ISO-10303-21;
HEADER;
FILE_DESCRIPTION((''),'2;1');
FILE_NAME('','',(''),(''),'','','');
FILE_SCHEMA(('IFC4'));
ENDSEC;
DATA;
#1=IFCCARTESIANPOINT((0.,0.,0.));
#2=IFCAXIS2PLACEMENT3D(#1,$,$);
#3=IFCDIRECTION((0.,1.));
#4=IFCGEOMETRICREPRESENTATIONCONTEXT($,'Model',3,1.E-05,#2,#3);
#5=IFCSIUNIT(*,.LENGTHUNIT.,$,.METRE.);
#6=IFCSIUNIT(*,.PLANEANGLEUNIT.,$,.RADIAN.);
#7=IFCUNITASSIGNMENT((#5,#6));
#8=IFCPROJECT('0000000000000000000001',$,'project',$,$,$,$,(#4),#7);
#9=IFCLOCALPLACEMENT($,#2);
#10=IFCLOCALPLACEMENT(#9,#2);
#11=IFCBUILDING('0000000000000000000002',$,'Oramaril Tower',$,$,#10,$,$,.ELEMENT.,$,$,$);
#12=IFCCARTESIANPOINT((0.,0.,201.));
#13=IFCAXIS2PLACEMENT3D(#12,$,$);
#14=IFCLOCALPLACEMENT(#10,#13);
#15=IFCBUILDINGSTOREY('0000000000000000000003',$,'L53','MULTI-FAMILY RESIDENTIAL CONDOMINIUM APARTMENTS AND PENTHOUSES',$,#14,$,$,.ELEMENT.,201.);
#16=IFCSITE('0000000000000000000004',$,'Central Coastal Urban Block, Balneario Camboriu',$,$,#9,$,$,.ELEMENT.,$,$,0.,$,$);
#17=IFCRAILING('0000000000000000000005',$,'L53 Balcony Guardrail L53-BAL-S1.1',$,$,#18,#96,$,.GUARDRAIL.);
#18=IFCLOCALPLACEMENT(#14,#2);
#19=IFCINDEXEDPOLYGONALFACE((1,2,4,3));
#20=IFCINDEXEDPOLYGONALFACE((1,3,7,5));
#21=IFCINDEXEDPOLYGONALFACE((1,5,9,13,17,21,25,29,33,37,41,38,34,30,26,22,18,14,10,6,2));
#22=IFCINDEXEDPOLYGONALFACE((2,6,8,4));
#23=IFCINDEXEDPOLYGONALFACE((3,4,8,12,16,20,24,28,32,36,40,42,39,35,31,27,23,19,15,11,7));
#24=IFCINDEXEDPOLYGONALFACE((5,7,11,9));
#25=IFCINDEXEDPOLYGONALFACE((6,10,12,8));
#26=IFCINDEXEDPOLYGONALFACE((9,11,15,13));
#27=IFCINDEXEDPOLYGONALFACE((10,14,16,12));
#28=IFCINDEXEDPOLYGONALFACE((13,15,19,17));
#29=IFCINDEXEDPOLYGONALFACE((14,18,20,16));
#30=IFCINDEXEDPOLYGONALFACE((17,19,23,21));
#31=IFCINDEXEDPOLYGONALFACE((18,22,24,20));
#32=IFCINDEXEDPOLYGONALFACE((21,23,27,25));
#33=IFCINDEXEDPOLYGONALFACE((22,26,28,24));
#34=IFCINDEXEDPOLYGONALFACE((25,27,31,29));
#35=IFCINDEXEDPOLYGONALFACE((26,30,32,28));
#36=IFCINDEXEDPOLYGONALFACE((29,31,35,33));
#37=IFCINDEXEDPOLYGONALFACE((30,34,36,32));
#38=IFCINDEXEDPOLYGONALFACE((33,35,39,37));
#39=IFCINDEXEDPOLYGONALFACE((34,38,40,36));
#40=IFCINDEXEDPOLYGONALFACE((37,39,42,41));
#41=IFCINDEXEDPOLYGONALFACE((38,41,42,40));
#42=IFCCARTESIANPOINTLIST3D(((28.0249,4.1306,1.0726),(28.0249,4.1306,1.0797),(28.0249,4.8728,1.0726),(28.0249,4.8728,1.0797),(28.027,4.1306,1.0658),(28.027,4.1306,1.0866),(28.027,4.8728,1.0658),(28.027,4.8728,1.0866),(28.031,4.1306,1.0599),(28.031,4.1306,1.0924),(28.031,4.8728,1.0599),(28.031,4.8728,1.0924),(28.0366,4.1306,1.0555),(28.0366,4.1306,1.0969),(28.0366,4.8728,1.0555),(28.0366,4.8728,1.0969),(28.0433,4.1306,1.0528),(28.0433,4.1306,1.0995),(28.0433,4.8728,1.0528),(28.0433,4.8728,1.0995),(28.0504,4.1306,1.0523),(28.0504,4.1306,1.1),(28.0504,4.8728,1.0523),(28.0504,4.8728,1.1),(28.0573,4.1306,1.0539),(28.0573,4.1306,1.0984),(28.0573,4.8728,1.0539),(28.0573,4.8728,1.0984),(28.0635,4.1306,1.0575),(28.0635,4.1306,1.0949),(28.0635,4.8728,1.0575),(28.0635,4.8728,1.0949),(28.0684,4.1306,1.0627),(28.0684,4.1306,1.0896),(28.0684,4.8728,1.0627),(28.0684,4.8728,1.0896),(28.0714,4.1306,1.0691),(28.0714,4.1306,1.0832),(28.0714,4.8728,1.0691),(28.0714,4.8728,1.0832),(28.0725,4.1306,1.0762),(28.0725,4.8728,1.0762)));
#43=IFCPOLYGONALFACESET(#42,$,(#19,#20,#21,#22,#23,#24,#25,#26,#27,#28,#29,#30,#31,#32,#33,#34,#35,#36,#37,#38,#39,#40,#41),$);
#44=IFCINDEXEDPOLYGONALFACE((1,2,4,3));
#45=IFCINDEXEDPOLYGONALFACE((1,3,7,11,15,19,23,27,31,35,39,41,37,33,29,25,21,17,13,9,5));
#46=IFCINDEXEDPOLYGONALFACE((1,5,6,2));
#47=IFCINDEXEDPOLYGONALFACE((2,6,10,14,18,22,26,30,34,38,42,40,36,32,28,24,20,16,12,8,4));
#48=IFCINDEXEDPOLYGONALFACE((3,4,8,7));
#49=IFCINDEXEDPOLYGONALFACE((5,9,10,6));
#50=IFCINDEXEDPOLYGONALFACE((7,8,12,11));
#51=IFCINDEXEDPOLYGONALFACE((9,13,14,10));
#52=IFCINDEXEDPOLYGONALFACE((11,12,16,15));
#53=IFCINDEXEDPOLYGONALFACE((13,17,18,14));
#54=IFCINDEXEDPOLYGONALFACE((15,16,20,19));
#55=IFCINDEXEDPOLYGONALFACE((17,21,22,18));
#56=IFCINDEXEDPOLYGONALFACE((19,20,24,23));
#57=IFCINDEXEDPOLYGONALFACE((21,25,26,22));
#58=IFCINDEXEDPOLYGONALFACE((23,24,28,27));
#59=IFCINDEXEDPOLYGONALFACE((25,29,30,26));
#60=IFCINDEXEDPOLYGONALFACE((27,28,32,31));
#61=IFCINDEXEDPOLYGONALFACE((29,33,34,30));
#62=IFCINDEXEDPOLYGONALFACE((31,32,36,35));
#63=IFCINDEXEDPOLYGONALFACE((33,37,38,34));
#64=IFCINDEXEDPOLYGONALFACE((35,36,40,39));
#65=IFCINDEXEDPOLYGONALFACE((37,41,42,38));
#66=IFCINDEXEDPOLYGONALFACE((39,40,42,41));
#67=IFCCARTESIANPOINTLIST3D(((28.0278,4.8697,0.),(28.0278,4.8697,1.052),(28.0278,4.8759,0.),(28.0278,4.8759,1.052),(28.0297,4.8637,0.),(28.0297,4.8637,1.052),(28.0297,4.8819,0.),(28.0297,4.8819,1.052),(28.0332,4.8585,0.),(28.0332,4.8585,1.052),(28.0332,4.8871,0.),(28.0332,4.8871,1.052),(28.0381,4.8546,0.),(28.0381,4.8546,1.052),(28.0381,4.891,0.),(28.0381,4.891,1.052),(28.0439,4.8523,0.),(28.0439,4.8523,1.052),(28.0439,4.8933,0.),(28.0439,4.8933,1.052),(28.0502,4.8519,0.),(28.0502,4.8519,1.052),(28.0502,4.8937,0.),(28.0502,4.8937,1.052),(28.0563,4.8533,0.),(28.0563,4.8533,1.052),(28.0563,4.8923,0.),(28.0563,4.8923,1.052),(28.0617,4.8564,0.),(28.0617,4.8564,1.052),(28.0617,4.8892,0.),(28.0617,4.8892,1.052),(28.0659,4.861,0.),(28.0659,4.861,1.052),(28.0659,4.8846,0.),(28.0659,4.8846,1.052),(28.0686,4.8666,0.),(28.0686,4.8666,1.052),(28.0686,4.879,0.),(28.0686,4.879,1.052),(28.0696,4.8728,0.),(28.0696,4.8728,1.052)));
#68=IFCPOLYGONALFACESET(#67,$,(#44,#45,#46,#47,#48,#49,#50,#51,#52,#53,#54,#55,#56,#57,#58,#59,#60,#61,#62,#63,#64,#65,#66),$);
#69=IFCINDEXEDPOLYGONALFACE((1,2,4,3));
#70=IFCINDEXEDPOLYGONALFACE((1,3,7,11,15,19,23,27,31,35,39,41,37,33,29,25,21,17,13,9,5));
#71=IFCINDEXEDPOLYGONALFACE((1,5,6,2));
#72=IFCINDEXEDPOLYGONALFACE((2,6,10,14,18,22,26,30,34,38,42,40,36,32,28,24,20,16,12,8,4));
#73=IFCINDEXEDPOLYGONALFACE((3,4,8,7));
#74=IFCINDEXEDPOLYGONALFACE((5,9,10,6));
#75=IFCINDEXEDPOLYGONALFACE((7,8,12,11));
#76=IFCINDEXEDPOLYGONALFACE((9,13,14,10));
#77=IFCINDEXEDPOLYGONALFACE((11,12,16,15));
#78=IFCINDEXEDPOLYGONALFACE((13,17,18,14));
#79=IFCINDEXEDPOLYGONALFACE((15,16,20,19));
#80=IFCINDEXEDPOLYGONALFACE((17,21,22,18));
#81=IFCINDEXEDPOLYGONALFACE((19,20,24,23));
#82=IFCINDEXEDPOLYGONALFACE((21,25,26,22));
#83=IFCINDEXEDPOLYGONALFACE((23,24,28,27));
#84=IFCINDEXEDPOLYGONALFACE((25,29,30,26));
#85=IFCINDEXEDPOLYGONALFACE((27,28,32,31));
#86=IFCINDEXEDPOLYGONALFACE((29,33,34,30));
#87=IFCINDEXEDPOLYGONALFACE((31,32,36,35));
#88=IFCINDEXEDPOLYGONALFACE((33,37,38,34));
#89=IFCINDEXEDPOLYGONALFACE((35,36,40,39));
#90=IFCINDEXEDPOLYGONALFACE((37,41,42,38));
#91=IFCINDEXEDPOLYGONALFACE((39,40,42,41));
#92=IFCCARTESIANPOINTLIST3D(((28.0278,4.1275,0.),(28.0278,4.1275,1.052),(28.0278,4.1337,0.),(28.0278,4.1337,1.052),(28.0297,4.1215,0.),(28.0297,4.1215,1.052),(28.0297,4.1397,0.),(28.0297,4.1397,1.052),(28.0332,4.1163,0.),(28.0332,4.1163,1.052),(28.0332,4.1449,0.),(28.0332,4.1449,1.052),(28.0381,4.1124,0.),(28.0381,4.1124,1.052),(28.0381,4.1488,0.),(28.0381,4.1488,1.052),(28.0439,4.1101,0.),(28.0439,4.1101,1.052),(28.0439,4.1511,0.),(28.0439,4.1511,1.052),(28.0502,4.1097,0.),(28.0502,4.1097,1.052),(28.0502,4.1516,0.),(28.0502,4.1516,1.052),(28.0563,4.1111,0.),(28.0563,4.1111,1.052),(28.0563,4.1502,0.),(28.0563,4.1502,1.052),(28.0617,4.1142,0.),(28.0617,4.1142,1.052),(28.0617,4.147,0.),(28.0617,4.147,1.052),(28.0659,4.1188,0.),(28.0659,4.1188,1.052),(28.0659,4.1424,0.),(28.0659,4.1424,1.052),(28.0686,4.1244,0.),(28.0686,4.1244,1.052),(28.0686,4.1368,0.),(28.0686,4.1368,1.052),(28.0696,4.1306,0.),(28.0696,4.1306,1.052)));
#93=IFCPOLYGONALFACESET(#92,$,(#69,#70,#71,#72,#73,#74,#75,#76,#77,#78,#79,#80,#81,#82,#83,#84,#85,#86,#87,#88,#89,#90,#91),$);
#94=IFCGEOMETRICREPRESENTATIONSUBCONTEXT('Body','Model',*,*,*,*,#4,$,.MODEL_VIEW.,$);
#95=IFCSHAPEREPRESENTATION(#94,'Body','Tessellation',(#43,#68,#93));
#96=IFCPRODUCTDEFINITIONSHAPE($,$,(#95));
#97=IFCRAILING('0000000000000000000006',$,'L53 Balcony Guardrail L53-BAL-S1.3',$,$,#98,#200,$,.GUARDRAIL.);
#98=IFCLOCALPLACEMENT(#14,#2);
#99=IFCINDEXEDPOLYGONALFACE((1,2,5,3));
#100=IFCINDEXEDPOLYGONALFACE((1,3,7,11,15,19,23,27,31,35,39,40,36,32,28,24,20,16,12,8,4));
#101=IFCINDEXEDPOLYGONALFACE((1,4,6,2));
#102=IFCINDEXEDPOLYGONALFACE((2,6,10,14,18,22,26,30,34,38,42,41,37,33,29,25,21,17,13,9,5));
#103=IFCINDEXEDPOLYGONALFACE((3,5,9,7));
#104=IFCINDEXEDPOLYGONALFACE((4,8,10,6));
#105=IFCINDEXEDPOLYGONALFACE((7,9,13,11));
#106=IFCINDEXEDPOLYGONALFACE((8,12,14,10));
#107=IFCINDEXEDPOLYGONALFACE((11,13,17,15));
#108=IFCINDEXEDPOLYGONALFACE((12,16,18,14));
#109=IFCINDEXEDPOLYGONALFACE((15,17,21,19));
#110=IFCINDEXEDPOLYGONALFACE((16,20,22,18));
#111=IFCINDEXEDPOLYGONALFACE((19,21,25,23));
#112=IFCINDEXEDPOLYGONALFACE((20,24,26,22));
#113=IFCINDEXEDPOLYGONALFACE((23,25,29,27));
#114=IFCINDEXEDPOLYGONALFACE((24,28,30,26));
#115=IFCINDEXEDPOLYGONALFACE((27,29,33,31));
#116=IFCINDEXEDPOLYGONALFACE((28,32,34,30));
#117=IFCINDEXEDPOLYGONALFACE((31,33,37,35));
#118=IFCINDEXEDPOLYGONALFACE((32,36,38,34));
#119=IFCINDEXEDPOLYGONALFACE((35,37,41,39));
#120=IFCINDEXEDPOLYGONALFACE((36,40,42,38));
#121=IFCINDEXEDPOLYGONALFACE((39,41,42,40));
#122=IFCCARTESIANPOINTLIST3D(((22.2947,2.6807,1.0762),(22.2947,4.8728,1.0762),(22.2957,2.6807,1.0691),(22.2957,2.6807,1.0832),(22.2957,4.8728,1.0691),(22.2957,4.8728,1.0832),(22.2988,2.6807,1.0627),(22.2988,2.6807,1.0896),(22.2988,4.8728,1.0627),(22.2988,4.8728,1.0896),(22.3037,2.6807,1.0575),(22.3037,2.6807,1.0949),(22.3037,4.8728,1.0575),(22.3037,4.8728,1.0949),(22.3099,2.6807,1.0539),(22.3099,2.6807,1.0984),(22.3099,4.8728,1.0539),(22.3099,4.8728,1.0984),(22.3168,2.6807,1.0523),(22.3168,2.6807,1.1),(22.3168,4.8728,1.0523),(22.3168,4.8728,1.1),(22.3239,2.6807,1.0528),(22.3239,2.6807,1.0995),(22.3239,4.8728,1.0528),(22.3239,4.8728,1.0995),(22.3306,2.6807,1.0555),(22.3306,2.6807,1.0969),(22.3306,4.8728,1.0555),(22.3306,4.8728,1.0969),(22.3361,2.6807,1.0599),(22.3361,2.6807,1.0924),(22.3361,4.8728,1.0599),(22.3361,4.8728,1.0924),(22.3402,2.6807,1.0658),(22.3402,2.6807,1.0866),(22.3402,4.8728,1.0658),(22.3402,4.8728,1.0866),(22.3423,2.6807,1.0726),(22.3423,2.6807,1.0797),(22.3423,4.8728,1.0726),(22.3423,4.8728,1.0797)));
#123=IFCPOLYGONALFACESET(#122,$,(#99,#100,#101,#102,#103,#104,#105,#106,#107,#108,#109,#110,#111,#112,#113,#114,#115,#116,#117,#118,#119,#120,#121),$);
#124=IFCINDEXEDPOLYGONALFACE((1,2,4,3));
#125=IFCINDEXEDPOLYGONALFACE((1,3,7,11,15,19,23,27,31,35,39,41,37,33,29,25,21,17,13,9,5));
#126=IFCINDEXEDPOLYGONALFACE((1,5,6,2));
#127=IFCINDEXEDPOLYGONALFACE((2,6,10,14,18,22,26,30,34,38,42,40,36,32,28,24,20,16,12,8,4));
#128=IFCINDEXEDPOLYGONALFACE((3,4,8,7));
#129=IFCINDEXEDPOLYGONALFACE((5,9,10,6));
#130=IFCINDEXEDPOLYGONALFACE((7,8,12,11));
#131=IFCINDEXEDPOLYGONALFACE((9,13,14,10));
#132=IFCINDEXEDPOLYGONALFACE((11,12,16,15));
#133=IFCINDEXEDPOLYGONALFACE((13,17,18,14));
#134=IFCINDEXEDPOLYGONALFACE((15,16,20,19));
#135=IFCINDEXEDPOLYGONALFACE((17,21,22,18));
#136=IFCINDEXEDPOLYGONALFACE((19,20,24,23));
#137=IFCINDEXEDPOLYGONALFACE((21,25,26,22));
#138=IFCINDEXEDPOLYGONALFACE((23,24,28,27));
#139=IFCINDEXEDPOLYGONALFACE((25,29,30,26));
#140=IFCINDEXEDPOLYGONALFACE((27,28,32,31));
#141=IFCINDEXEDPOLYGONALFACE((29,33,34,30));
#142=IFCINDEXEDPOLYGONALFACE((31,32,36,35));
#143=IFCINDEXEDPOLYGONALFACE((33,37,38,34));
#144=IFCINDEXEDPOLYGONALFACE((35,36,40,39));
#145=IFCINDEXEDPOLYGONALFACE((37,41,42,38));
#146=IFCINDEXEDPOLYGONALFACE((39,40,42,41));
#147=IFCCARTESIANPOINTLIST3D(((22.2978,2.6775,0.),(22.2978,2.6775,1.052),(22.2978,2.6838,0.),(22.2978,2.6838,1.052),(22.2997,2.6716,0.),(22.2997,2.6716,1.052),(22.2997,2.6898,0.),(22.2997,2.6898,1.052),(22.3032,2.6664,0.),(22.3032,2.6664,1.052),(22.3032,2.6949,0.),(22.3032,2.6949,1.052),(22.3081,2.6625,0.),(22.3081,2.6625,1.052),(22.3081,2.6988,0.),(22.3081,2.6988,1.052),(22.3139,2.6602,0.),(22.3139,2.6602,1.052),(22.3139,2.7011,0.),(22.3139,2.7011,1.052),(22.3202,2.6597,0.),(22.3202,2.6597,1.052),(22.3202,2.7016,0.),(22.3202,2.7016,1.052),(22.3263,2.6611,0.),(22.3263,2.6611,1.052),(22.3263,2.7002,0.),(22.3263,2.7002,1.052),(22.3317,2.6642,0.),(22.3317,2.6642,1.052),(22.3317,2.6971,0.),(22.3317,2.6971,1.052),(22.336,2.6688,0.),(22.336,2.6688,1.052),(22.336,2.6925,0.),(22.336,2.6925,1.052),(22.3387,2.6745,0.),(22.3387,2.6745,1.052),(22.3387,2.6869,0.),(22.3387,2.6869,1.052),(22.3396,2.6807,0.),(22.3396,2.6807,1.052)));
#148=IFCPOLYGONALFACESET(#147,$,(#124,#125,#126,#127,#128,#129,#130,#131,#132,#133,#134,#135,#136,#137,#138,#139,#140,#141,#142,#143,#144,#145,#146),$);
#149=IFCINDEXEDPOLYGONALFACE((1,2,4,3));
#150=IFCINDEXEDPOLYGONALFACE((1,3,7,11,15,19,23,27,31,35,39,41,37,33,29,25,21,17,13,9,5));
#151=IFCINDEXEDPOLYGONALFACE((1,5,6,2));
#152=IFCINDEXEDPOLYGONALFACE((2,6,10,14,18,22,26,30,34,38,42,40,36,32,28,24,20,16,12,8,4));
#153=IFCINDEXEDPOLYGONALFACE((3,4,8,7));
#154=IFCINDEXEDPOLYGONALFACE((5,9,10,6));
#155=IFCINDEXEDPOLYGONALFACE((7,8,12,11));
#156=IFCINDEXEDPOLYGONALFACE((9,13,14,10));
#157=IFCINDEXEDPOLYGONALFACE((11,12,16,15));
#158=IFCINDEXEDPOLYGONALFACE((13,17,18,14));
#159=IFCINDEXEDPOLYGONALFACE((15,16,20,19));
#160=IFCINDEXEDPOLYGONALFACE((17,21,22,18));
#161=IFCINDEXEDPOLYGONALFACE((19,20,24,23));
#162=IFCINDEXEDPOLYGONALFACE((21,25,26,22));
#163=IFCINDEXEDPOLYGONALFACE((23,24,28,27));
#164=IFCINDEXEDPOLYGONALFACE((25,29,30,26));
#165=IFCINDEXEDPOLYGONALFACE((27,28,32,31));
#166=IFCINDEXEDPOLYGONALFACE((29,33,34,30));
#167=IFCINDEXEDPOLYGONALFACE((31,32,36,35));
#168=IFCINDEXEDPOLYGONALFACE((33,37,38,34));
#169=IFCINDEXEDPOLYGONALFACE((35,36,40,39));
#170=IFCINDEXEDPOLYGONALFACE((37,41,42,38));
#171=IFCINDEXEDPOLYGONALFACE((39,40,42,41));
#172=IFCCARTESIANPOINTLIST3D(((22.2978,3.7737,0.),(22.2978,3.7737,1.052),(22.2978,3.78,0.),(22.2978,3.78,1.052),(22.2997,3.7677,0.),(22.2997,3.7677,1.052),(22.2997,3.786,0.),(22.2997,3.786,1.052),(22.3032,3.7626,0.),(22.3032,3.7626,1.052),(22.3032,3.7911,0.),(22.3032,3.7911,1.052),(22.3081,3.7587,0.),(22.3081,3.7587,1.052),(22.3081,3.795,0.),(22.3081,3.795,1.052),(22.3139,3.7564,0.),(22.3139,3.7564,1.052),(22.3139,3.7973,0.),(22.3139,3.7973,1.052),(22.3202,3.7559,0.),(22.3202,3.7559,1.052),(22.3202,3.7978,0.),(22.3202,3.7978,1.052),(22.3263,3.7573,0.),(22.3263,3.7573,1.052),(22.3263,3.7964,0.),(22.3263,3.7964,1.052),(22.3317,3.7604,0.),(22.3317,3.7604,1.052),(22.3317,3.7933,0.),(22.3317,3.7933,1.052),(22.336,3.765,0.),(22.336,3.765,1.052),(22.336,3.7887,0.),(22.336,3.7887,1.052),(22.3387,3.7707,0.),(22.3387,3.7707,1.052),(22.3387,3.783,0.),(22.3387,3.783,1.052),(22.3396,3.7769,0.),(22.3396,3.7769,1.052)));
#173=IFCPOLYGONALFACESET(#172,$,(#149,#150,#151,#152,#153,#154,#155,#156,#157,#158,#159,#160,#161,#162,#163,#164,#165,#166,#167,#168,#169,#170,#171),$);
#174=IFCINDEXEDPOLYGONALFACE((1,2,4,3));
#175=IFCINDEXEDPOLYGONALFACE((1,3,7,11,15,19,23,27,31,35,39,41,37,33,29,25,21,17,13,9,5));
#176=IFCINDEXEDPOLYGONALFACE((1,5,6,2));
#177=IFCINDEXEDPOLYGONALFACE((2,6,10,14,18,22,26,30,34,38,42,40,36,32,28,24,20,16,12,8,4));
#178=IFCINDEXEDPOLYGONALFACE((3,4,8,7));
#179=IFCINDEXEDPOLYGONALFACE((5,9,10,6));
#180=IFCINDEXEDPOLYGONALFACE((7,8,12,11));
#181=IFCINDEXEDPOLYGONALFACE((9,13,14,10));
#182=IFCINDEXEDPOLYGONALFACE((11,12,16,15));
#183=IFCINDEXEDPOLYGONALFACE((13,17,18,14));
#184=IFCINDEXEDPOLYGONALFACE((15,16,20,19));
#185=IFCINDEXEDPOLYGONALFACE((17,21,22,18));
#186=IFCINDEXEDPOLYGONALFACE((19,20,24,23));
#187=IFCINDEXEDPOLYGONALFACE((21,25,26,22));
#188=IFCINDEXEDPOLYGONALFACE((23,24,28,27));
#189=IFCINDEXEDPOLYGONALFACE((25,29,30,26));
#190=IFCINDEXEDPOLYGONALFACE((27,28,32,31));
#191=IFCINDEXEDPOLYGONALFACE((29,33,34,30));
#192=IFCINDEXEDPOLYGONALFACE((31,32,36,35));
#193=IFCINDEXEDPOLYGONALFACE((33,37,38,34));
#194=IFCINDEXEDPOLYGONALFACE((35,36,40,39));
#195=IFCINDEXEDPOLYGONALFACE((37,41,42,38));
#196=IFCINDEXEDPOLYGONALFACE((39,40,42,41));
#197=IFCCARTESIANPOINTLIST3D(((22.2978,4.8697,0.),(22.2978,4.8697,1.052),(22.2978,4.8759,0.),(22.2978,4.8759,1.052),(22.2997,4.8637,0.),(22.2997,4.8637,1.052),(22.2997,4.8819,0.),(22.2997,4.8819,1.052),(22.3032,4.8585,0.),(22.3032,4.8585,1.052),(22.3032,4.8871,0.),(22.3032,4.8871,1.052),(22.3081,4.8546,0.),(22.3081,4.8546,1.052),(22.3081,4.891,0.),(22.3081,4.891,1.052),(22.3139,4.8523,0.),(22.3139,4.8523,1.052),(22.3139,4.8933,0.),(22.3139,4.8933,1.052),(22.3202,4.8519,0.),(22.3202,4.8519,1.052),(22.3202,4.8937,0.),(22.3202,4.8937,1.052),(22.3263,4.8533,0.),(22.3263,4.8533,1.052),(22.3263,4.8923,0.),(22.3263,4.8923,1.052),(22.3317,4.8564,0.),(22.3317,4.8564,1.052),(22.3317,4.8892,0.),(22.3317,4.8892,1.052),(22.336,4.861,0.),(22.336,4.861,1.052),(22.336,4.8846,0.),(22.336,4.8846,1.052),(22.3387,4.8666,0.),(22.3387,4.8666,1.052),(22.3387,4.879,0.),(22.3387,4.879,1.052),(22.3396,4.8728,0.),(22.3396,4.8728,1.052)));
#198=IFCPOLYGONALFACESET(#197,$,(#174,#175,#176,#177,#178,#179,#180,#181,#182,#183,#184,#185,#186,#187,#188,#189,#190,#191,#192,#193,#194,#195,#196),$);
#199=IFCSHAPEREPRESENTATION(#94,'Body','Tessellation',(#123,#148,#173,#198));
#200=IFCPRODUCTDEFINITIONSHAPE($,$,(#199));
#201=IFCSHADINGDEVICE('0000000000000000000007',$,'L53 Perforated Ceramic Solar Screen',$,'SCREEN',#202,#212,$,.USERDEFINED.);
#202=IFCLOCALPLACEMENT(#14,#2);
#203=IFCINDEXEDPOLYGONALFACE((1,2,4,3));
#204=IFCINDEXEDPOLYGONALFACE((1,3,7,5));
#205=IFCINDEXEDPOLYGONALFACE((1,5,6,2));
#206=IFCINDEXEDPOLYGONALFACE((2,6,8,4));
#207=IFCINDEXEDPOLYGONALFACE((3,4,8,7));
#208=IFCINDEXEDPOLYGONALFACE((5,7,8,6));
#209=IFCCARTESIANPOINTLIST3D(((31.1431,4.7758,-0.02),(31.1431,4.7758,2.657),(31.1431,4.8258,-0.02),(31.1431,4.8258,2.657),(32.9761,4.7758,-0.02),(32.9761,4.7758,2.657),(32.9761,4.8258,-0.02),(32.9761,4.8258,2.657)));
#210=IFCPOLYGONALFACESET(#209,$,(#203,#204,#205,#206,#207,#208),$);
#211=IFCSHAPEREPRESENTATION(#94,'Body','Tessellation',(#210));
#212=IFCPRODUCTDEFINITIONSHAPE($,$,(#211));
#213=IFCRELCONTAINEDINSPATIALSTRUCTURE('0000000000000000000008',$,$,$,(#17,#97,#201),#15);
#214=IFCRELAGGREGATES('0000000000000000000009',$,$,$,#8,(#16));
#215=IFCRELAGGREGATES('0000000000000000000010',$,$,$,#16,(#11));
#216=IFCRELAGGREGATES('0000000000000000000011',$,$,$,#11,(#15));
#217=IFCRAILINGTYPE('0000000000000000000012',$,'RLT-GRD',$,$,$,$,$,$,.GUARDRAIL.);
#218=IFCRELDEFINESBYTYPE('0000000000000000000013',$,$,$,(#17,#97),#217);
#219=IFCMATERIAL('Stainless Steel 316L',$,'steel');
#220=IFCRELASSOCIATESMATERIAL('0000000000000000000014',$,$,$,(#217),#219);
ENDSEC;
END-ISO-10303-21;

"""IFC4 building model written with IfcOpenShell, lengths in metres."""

from ifc_helpers import new_model, si_unit, direction, frame, origin, origin_2d, place, context, subcontext, project, spatial, rectangle, circle, extrude, material, type_object, element, save


model = new_model("IFC4")

# Units and contexts
model_context = context("Model", 3, precision=1e-05, world=origin(), true_north=direction((0.0, 1.0)))
body_context = subcontext(model_context, "Body", "Model", "MODEL_VIEW")
ifc_project = project(units=[si_unit("LENGTHUNIT", "METRE"), si_unit("PLANEANGLEUNIT", "RADIAN")], contexts=[model_context])

# Site, building, storey
site_placement = place(None, origin())
site = spatial("IfcSite", under=ifc_project, at=site_placement, Name="Central Coastal Urban Block, Balneario Camboriu", CompositionType="ELEMENT", RefElevation=0.0)
building_placement = place(site_placement, origin())
building = spatial("IfcBuilding", under=site, at=building_placement, Name="Oramaril Tower", CompositionType="ELEMENT")
storey_placement = place(building_placement, frame((0.0, 0.0, 201.0)))
storey = spatial("IfcBuildingStorey", under=building, at=storey_placement, Name="L53", Description="MULTI-FAMILY RESIDENTIAL CONDOMINIUM APARTMENTS AND PENTHOUSES", CompositionType="ELEMENT", Elevation=201.0)

# Railings
ifc_material_1 = material(Name="Stainless Steel 316L", Category="steel")
railing_type = type_object("IfcRailingType", Name="RLT-GRD", PredefinedType="GUARDRAIL", material=ifc_material_1)
railing_1_placement = place(storey_placement, frame((28.0486, 4.8728, 0.0)))
element("IfcRailing", 1, at=railing_1_placement, inside=storey, type_object=railing_type, Name="L53 Balcony Guardrail L53-BAL-S1.1", PredefinedType="GUARDRAIL", context=body_context, shape_type="SweptSolid", body=[
    extrude(circle(Radius=0.0239, at=origin_2d()), frame((0.0, 0.0, 1.0762), z_axis=(0.0, -1.0, 0.0), x_axis=(1.0, 0.0, 0.0)), (0.0, 0.0, 1.0), 0.7422),
    extrude(circle(Radius=0.021, at=origin_2d()), origin(), (0.0, 0.0, 1.0), 1.052),
    extrude(circle(Radius=0.021, at=origin_2d()), frame((0.0, -0.7422, 0.0)), (0.0, 0.0, 1.0), 1.052),
])
railing_2_placement = place(storey_placement, frame((22.3186, 2.6807, 0.0)))
element("IfcRailing", 2, at=railing_2_placement, inside=storey, type_object=railing_type, Name="L53 Balcony Guardrail L53-BAL-S1.3", PredefinedType="GUARDRAIL", context=body_context, shape_type="SweptSolid", body=[
    extrude(circle(Radius=0.0239, at=origin_2d()), frame((0.0, 0.0, 1.0762), z_axis=(0.0, 1.0, 0.0), x_axis=(-1.0, 0.0, 0.0)), (0.0, 0.0, 1.0), 2.1921),
    extrude(circle(Radius=0.021, at=origin_2d()), origin(), (0.0, 0.0, 1.0), 1.052),
    extrude(circle(Radius=0.021, at=origin_2d()), frame((0.0, 1.0962, 0.0)), (0.0, 0.0, 1.0), 1.052),
    extrude(circle(Radius=0.021, at=origin_2d()), frame((0.0, 2.1921, 0.0)), (0.0, 0.0, 1.0), 1.052),
])

# Shading device
for number, where, z_axis, x_axis, name in (
    (3, (32.0596, 4.8008, -0.02), (0.0, 0.0, 1.0), (1.0, 0.0, 0.0), "L53 Perforated Ceramic Solar Screen"),
):
    element("IfcShadingDevice", number, at=place(storey_placement, frame(where, z_axis=z_axis, x_axis=x_axis)), inside=storey, Name=name, ObjectType="SCREEN", PredefinedType="USERDEFINED", context=body_context, shape_type="SweptSolid", body=[
        extrude(rectangle(XDim=1.833, YDim=0.05, at=origin_2d()), origin(), (0.0, 0.0, 1.0), 2.677),
    ])

save(model, "model.ifc")
